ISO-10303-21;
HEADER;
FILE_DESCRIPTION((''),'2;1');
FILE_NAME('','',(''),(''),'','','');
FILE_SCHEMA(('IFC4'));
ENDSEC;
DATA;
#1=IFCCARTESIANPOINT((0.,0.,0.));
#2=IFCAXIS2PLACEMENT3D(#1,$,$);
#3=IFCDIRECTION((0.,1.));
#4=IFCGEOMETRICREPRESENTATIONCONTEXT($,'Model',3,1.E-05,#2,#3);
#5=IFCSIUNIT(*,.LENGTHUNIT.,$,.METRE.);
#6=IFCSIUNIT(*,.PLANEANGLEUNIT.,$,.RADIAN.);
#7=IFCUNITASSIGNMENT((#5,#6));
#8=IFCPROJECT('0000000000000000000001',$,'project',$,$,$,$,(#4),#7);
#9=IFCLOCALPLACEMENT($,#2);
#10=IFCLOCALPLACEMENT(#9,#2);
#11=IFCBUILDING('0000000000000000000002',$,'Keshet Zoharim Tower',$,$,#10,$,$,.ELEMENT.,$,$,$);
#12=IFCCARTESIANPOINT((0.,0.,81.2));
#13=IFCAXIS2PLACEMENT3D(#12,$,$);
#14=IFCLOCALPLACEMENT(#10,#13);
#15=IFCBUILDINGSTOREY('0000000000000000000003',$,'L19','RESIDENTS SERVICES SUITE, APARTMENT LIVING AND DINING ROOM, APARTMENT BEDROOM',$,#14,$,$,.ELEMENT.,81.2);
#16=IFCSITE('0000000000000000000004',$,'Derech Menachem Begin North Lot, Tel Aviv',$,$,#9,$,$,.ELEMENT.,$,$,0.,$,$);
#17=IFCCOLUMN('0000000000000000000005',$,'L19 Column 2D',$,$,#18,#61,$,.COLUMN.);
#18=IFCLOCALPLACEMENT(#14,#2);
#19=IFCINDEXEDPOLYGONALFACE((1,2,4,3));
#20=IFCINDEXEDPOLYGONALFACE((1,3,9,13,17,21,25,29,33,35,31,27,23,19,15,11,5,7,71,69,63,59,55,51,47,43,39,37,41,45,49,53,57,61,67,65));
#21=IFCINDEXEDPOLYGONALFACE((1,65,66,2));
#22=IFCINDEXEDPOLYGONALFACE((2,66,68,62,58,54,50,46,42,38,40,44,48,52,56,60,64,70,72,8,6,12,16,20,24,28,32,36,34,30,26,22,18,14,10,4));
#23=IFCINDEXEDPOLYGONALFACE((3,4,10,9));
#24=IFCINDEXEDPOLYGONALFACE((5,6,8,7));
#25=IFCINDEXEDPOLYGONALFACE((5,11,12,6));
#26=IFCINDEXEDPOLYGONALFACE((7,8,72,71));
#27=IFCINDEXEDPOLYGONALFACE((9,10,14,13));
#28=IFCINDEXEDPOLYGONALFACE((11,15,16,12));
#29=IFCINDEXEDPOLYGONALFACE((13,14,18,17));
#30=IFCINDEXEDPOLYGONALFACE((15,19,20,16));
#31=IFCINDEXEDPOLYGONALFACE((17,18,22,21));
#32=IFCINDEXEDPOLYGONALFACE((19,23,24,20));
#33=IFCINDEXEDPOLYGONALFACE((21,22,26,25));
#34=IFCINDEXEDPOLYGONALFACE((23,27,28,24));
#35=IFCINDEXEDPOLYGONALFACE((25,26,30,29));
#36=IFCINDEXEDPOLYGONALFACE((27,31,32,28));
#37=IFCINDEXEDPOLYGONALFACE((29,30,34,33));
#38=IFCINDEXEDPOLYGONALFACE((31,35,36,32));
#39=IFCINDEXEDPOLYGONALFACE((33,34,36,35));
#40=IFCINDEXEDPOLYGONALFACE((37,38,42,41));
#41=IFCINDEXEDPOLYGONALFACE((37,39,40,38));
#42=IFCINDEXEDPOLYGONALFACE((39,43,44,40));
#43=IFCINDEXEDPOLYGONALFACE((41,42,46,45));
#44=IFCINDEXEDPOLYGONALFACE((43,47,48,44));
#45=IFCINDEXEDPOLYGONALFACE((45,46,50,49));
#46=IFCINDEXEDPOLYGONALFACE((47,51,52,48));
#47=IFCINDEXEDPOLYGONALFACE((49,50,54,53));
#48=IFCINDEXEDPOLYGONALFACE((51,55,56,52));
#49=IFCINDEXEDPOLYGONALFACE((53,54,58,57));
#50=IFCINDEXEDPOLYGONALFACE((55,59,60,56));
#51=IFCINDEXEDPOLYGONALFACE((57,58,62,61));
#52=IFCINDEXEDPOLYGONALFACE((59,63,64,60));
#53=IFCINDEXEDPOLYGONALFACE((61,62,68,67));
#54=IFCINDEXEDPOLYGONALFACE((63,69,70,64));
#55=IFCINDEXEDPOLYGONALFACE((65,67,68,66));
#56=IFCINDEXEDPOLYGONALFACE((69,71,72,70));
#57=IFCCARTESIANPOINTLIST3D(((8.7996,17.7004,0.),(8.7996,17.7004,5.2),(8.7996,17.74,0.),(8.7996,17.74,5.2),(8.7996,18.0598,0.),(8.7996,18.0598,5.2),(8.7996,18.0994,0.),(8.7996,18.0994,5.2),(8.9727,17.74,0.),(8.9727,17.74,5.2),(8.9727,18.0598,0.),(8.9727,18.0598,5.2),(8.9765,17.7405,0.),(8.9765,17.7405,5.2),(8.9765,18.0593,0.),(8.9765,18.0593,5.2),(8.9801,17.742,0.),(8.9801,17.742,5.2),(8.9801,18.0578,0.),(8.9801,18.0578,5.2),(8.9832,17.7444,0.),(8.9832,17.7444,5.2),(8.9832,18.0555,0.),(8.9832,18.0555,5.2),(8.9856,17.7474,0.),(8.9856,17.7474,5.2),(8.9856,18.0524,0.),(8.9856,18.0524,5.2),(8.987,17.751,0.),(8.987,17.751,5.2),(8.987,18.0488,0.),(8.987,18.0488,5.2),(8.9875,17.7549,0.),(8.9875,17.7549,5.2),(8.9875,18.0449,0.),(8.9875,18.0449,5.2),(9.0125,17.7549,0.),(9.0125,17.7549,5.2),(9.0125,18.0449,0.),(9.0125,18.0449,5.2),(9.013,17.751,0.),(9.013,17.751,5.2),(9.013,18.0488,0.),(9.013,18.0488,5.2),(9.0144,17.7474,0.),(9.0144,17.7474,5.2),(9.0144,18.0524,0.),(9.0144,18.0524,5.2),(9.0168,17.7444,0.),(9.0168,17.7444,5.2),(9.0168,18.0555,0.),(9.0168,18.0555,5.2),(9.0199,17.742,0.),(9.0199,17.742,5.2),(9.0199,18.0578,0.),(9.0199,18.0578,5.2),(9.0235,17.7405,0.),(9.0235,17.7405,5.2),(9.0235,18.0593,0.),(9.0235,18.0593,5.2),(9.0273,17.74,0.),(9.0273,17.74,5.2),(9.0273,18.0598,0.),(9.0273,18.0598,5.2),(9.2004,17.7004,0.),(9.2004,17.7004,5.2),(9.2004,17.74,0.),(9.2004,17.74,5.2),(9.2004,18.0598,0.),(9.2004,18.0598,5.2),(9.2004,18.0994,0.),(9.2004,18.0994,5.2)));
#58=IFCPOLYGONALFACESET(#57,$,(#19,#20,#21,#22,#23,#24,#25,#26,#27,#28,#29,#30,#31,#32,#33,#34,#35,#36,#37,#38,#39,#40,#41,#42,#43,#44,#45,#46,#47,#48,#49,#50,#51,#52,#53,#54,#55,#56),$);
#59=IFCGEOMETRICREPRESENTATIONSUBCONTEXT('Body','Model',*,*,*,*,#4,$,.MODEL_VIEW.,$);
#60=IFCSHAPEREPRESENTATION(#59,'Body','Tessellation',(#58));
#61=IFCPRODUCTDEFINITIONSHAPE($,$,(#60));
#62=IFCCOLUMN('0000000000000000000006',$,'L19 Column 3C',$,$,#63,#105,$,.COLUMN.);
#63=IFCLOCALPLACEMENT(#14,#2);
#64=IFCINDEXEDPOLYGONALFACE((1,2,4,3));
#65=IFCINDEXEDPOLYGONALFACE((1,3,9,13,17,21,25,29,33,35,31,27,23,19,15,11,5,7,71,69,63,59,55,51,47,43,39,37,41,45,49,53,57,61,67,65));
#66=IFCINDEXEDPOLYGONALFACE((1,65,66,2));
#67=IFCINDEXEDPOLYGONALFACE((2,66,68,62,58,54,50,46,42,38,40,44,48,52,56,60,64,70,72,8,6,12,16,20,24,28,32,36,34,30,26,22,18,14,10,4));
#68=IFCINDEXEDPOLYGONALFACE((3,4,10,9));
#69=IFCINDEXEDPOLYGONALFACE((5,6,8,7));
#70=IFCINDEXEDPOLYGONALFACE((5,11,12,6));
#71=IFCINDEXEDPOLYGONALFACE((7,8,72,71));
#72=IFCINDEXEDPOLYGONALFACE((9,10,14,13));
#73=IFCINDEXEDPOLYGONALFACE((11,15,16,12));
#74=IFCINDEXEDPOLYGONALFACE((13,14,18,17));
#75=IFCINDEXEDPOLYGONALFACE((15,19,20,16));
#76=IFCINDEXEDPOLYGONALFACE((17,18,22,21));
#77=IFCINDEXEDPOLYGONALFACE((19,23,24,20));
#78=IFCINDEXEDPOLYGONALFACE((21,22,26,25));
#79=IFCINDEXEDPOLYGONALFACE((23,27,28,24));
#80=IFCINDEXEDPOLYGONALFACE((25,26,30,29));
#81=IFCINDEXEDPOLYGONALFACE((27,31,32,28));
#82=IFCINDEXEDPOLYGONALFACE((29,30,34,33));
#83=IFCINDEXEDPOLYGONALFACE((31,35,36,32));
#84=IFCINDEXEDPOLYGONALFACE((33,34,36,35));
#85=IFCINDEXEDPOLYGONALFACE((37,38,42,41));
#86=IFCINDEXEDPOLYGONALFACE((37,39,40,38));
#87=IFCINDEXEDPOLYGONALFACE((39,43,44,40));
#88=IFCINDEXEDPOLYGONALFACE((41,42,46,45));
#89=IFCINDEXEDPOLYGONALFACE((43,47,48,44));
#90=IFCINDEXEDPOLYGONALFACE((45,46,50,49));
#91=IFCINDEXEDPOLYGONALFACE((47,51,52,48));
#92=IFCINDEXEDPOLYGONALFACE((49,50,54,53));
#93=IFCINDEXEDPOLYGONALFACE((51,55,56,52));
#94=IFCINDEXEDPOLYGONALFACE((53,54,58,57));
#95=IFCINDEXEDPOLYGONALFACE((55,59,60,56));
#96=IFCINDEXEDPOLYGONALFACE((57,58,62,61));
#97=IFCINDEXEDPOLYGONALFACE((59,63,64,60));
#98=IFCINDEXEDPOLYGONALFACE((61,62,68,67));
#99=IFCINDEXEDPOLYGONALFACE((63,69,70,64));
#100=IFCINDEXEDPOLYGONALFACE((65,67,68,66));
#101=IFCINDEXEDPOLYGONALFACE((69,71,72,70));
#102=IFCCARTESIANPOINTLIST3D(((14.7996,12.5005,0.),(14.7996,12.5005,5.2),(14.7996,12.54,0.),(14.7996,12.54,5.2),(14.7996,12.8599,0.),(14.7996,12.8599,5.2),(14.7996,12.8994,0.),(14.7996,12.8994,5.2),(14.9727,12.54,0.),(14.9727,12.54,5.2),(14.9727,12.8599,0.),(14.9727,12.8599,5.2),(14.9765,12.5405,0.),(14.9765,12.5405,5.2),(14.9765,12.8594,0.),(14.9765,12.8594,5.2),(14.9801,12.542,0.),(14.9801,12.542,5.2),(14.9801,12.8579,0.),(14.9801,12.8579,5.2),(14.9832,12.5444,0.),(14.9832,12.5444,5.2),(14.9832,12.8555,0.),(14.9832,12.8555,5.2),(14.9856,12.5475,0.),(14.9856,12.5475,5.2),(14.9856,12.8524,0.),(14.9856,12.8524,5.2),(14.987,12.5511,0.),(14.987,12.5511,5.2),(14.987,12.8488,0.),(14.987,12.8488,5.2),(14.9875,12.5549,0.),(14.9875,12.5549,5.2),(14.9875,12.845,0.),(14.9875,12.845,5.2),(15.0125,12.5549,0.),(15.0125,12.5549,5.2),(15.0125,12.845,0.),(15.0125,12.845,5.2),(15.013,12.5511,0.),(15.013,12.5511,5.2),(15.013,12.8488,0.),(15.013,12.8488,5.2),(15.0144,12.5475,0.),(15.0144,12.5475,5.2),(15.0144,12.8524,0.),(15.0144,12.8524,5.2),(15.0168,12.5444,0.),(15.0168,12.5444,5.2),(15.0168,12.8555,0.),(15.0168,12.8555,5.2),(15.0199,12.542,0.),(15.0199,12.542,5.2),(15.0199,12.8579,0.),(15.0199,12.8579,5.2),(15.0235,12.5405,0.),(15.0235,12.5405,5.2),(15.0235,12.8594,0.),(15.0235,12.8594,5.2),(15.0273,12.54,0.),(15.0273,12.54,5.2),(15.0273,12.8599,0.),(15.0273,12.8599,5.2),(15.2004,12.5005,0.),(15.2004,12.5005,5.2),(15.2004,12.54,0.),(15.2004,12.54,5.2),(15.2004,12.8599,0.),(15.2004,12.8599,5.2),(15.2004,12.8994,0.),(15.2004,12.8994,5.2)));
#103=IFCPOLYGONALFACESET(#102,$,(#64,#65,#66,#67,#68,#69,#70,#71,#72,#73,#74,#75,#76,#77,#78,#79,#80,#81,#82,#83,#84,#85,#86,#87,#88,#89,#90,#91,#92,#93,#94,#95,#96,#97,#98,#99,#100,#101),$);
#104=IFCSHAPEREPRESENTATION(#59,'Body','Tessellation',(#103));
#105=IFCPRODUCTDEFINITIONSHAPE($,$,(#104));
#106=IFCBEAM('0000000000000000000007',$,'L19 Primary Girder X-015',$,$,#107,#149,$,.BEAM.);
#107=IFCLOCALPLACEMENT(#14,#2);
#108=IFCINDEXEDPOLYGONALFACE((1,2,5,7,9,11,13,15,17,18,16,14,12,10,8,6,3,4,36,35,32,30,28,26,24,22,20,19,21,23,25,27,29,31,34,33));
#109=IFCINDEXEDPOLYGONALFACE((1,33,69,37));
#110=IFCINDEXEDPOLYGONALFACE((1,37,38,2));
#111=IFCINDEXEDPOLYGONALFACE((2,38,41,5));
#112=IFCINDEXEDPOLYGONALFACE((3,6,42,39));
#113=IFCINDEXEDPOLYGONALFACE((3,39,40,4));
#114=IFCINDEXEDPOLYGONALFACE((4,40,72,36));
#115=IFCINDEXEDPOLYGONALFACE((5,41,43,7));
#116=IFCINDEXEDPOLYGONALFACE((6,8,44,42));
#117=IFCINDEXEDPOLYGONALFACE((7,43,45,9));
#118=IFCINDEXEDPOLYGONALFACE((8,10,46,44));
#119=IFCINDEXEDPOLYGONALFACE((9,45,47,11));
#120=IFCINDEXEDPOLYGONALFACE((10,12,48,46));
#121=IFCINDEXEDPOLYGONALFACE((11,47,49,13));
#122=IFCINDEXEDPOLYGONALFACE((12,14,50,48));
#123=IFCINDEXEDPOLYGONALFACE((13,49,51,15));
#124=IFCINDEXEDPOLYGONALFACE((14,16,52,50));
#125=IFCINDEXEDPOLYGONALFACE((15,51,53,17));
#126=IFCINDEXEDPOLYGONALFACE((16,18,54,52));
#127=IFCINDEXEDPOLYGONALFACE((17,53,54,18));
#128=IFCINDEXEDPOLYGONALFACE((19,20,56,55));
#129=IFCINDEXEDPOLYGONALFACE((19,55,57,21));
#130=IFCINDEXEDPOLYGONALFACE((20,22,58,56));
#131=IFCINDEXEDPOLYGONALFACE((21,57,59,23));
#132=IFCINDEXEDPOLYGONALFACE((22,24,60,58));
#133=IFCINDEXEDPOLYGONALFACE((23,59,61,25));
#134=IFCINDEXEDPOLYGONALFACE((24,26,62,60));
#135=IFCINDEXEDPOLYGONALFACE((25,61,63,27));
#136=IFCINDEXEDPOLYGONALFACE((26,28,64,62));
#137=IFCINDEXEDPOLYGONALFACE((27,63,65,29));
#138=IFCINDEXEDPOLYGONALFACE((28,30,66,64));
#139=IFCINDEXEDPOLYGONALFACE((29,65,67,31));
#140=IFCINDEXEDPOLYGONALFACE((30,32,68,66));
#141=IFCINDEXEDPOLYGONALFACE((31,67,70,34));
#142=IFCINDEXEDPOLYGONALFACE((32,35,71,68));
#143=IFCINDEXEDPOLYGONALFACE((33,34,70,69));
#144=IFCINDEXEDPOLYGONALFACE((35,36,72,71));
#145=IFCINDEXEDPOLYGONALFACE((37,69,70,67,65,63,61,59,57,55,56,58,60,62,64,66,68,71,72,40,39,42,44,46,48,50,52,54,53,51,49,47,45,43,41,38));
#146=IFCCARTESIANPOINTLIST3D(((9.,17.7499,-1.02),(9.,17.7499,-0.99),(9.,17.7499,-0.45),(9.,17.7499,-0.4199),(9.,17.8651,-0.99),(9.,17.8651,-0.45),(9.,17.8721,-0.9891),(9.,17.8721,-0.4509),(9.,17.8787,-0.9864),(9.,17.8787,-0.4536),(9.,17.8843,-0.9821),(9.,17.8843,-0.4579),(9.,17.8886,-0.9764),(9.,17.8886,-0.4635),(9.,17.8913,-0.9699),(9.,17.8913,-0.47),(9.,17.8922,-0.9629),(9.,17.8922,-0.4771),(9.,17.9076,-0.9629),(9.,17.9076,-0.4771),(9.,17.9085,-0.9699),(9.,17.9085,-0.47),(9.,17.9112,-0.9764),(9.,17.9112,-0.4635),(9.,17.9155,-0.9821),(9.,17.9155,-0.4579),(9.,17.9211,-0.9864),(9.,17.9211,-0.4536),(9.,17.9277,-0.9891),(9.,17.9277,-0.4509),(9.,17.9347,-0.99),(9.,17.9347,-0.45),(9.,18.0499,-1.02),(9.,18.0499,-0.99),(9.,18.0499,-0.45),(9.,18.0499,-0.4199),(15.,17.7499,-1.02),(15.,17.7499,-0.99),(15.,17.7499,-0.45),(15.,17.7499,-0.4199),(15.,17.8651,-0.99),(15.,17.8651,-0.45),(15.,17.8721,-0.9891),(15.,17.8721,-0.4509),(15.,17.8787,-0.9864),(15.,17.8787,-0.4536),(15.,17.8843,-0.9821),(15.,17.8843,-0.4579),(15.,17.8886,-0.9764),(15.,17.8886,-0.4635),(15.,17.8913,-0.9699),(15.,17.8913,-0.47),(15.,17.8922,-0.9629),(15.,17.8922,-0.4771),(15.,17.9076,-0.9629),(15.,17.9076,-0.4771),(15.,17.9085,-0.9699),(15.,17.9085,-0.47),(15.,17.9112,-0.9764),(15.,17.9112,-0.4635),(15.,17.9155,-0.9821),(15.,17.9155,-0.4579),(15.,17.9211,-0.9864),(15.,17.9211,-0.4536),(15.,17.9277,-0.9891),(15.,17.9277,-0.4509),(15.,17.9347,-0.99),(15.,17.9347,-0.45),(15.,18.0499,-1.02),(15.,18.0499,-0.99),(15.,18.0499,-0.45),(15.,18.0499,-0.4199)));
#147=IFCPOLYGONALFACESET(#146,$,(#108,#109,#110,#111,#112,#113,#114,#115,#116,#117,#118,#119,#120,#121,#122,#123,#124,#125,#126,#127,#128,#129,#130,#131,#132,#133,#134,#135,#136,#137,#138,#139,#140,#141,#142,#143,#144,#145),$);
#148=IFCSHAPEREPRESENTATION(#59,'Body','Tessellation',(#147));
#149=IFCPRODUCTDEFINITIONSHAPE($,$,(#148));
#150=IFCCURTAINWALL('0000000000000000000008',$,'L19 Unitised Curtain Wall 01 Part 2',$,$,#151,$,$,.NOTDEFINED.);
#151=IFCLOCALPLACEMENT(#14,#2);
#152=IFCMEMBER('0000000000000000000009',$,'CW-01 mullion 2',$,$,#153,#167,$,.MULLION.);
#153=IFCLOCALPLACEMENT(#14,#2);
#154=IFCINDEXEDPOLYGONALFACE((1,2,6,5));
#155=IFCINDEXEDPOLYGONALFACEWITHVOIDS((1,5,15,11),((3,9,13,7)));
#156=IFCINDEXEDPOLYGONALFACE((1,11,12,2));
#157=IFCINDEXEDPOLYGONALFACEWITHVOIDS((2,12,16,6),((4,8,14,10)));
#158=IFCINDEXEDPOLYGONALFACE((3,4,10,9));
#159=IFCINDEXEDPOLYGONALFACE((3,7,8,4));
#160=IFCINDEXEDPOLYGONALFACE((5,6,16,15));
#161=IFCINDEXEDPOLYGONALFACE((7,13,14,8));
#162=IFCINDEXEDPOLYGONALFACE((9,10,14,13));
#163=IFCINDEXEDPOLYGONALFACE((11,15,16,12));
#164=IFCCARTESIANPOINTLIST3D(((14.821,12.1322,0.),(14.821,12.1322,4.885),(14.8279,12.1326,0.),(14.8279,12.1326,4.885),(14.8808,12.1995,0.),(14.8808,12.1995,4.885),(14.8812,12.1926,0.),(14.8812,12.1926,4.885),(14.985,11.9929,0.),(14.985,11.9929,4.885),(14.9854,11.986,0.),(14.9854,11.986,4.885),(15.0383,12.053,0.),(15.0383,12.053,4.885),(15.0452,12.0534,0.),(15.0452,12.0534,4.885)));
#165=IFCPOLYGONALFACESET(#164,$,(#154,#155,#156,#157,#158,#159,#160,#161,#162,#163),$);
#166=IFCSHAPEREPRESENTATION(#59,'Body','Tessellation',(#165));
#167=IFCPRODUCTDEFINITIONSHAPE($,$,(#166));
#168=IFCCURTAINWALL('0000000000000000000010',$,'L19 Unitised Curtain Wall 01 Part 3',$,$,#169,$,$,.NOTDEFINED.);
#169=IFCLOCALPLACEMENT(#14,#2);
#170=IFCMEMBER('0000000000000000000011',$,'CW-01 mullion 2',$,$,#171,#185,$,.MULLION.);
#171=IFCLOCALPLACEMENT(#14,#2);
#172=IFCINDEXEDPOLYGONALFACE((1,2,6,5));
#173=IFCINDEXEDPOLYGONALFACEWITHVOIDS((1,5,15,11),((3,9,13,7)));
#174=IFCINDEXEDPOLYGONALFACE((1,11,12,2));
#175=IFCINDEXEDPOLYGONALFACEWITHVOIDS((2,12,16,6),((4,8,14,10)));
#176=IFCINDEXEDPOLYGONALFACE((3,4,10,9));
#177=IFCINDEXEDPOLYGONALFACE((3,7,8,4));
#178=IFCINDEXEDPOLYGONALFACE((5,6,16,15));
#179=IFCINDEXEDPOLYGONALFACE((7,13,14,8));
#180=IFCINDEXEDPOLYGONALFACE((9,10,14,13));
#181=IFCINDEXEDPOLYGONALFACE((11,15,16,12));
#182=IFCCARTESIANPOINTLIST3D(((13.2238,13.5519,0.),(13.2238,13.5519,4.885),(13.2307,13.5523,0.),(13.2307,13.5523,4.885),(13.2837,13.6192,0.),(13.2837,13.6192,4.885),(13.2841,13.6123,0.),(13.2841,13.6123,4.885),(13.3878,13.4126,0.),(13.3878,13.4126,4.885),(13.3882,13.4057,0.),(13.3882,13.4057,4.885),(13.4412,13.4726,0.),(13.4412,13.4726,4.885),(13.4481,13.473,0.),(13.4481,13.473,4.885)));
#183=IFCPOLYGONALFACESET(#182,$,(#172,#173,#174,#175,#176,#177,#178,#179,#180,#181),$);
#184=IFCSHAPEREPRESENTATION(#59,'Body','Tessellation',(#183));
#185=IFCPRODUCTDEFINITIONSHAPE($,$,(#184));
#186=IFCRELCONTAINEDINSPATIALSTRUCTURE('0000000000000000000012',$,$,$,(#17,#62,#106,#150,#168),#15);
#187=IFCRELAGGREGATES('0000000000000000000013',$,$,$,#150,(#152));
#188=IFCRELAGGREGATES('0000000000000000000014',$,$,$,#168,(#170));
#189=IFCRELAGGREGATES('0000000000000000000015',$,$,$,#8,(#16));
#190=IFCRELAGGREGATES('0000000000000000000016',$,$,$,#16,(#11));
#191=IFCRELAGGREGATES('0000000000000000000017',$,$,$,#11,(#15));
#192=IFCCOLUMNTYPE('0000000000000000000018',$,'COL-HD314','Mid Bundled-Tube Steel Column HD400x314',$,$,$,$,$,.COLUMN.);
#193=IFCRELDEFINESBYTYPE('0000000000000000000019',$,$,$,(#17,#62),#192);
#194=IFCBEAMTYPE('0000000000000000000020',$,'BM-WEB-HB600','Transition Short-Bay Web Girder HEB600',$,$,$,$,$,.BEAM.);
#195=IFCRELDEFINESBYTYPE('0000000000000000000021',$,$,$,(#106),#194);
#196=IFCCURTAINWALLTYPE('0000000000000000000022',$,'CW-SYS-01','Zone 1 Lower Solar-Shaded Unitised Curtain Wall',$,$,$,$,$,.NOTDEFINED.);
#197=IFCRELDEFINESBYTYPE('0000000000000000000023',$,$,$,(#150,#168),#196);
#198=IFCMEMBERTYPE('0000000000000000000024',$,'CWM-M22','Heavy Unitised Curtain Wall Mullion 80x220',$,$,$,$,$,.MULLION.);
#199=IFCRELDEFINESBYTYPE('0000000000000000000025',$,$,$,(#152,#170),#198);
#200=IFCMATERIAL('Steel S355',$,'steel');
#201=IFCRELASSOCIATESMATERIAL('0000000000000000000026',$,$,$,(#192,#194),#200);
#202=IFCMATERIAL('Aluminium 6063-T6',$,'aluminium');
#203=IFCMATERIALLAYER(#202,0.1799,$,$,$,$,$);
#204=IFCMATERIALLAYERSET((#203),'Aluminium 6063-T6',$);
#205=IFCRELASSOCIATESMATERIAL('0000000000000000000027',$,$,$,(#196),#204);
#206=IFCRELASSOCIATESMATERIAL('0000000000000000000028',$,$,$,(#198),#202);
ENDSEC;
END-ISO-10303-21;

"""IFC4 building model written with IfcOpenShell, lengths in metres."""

from ifc_helpers import new_model, si_unit, direction, frame, origin, origin_2d, place, context, subcontext, project, spatial, hollow_rectangle, i_section, extrude, material, layer, layer_set, material_profile, profile_set, type_object, element, aggregate, save


model = new_model("IFC4")

# Units and contexts
model_context = context("Model", 3, precision=1e-05, world=origin(), true_north=direction((0.0, 1.0)))
body_context = subcontext(model_context, "Body", "Model", "MODEL_VIEW")
ifc_project = project(units=[si_unit("LENGTHUNIT", "METRE"), si_unit("PLANEANGLEUNIT", "RADIAN")], contexts=[model_context])

# Site, building, storey
site_placement = place(None, origin())
site = spatial("IfcSite", under=ifc_project, at=site_placement, Name="Derech Menachem Begin North Lot, Tel Aviv", CompositionType="ELEMENT", RefElevation=0.0)
building_placement = place(site_placement, origin())
building = spatial("IfcBuilding", under=site, at=building_placement, Name="Keshet Zoharim Tower", CompositionType="ELEMENT")
storey_placement = place(building_placement, frame((0.0, 0.0, 81.2)))
storey = spatial("IfcBuildingStorey", under=building, at=storey_placement, Name="L19", Description="RESIDENTS SERVICES SUITE, APARTMENT LIVING AND DINING ROOM, APARTMENT BEDROOM", CompositionType="ELEMENT", Elevation=81.2)

# Columns
ifc_material_1 = material(Name="Steel S355", Category="steel")
ifc_material_profile_1 = material_profile(ifc_material_1, i_section(OverallWidth=0.4009, OverallDepth=0.3989, WebThickness=0.0249, FlangeThickness=0.0396, FilletRadius=0.0149, at=origin_2d()), Name="HD400x314")
ifc_profile_set_1 = profile_set([ifc_material_profile_1], Name="Steel S355")
column_type = type_object("IfcColumnType", Name="COL-HD314", Description="Mid Bundled-Tube Steel Column HD400x314", PredefinedType="COLUMN", material=ifc_profile_set_1)
for number, where, z_axis, x_axis, name in (
    (1, (9.0, 17.8999, 0.0), (0.0, 0.0, 1.0), (1.0, 0.0, 0.0), "L19 Column 2D"),
    (2, (15.0, 12.7, 0.0), (0.0, 0.0, 1.0), (1.0, 0.0, 0.0), "L19 Column 3C"),
):
    element("IfcColumn", number, at=place(storey_placement, frame(where, z_axis=z_axis, x_axis=x_axis)), inside=storey, type_object=column_type, Name=name, PredefinedType="COLUMN", context=body_context, shape_type="SweptSolid", body=[
        extrude(i_section(OverallWidth=0.4009, OverallDepth=0.3989, WebThickness=0.0249, FlangeThickness=0.0396, FilletRadius=0.0149, at=origin_2d()), origin(), (0.0, 0.0, 1.0), 5.2),
    ])

# Beam
ifc_material_profile_2 = material_profile(ifc_material_1, i_section(OverallWidth=0.3, OverallDepth=0.6001, WebThickness=0.0154, FlangeThickness=0.03, FilletRadius=0.0271, at=origin_2d()), Name="HEB600")
ifc_profile_set_2 = profile_set([ifc_material_profile_2], Name="Steel S355")
beam_type = type_object("IfcBeamType", Name="BM-WEB-HB600", Description="Transition Short-Bay Web Girder HEB600", PredefinedType="BEAM", material=ifc_profile_set_2)
beam_placement = place(storey_placement, frame((9.0, 17.8999, -0.72), z_axis=(1.0, 0.0, 0.0), x_axis=(0.0, 1.0, 0.0)))
element("IfcBeam", 3, at=beam_placement, inside=storey, type_object=beam_type, Name="L19 Primary Girder X-015", PredefinedType="BEAM", context=body_context, shape_type="SweptSolid", body=[
    extrude(i_section(OverallWidth=0.3, OverallDepth=0.6001, WebThickness=0.0154, FlangeThickness=0.03, FilletRadius=0.0271, at=origin_2d()), origin(), (0.0, 0.0, 1.0), 6.0),
])

# Curtain wall, member
ifc_material_2 = material(Name="Aluminium 6063-T6", Category="aluminium")
ifc_layer_1 = layer(ifc_material_2, 0.1799)
ifc_layer_set_1 = layer_set([ifc_layer_1], Name="Aluminium 6063-T6")
curtain_wall_type = type_object("IfcCurtainWallType", Name="CW-SYS-01", Description="Zone 1 Lower Solar-Shaded Unitised Curtain Wall", PredefinedType="NOTDEFINED", material=ifc_layer_set_1)
curtain_wall_1_placement = place(storey_placement, origin())
curtain_wall_1 = element("IfcCurtainWall", 4, at=curtain_wall_1_placement, inside=storey, type_object=curtain_wall_type, Name="L19 Unitised Curtain Wall 01 Part 2", PredefinedType="NOTDEFINED")
ifc_material_profile_3 = material_profile(ifc_material_2, hollow_rectangle(XDim=0.0901, YDim=0.22, WallThickness=0.0049, at=origin_2d()), Name="MUL-90x220")
ifc_profile_set_3 = profile_set([ifc_material_profile_3], Name="Aluminium 6063-T6")
member_type_1 = type_object("IfcMemberType", Name="CWM-M22", Description="Heavy Unitised Curtain Wall Mullion 80x220", PredefinedType="MULLION", material=ifc_profile_set_3)
member_1_placement = place(storey_placement, frame((14.9331, 12.0928, 0.0), z_axis=(0.0, 0.0, 1.0), x_axis=(-0.664361, -0.747412, 0.0)))
member_1 = element("IfcMember", 5, at=member_1_placement, type_object=member_type_1, Name="CW-01 mullion 2", PredefinedType="MULLION", context=body_context, shape_type="SweptSolid", body=[
    extrude(hollow_rectangle(XDim=0.0901, YDim=0.22, WallThickness=0.0049, at=origin_2d()), origin(), (0.0, 0.0, 1.0), 4.885),
])
aggregate(curtain_wall_1, [member_1])

# Curtain wall, member
curtain_wall_2_placement = place(storey_placement, origin())
curtain_wall_2 = element("IfcCurtainWall", 6, at=curtain_wall_2_placement, inside=storey, type_object=curtain_wall_type, Name="L19 Unitised Curtain Wall 01 Part 3", PredefinedType="NOTDEFINED")
member_2_placement = place(storey_placement, frame((13.3359, 13.5125, 0.0), z_axis=(0.0, 0.0, 1.0), x_axis=(-0.664352, -0.74742, 0.0)))
member_2 = element("IfcMember", 7, at=member_2_placement, type_object=member_type_1, Name="CW-01 mullion 2", PredefinedType="MULLION", context=body_context, shape_type="SweptSolid", body=[
    extrude(hollow_rectangle(XDim=0.0901, YDim=0.22, WallThickness=0.0049, at=origin_2d()), origin(), (0.0, 0.0, 1.0), 4.885),
])

aggregate(curtain_wall_2, [member_2])

save(model, "model.ifc")
